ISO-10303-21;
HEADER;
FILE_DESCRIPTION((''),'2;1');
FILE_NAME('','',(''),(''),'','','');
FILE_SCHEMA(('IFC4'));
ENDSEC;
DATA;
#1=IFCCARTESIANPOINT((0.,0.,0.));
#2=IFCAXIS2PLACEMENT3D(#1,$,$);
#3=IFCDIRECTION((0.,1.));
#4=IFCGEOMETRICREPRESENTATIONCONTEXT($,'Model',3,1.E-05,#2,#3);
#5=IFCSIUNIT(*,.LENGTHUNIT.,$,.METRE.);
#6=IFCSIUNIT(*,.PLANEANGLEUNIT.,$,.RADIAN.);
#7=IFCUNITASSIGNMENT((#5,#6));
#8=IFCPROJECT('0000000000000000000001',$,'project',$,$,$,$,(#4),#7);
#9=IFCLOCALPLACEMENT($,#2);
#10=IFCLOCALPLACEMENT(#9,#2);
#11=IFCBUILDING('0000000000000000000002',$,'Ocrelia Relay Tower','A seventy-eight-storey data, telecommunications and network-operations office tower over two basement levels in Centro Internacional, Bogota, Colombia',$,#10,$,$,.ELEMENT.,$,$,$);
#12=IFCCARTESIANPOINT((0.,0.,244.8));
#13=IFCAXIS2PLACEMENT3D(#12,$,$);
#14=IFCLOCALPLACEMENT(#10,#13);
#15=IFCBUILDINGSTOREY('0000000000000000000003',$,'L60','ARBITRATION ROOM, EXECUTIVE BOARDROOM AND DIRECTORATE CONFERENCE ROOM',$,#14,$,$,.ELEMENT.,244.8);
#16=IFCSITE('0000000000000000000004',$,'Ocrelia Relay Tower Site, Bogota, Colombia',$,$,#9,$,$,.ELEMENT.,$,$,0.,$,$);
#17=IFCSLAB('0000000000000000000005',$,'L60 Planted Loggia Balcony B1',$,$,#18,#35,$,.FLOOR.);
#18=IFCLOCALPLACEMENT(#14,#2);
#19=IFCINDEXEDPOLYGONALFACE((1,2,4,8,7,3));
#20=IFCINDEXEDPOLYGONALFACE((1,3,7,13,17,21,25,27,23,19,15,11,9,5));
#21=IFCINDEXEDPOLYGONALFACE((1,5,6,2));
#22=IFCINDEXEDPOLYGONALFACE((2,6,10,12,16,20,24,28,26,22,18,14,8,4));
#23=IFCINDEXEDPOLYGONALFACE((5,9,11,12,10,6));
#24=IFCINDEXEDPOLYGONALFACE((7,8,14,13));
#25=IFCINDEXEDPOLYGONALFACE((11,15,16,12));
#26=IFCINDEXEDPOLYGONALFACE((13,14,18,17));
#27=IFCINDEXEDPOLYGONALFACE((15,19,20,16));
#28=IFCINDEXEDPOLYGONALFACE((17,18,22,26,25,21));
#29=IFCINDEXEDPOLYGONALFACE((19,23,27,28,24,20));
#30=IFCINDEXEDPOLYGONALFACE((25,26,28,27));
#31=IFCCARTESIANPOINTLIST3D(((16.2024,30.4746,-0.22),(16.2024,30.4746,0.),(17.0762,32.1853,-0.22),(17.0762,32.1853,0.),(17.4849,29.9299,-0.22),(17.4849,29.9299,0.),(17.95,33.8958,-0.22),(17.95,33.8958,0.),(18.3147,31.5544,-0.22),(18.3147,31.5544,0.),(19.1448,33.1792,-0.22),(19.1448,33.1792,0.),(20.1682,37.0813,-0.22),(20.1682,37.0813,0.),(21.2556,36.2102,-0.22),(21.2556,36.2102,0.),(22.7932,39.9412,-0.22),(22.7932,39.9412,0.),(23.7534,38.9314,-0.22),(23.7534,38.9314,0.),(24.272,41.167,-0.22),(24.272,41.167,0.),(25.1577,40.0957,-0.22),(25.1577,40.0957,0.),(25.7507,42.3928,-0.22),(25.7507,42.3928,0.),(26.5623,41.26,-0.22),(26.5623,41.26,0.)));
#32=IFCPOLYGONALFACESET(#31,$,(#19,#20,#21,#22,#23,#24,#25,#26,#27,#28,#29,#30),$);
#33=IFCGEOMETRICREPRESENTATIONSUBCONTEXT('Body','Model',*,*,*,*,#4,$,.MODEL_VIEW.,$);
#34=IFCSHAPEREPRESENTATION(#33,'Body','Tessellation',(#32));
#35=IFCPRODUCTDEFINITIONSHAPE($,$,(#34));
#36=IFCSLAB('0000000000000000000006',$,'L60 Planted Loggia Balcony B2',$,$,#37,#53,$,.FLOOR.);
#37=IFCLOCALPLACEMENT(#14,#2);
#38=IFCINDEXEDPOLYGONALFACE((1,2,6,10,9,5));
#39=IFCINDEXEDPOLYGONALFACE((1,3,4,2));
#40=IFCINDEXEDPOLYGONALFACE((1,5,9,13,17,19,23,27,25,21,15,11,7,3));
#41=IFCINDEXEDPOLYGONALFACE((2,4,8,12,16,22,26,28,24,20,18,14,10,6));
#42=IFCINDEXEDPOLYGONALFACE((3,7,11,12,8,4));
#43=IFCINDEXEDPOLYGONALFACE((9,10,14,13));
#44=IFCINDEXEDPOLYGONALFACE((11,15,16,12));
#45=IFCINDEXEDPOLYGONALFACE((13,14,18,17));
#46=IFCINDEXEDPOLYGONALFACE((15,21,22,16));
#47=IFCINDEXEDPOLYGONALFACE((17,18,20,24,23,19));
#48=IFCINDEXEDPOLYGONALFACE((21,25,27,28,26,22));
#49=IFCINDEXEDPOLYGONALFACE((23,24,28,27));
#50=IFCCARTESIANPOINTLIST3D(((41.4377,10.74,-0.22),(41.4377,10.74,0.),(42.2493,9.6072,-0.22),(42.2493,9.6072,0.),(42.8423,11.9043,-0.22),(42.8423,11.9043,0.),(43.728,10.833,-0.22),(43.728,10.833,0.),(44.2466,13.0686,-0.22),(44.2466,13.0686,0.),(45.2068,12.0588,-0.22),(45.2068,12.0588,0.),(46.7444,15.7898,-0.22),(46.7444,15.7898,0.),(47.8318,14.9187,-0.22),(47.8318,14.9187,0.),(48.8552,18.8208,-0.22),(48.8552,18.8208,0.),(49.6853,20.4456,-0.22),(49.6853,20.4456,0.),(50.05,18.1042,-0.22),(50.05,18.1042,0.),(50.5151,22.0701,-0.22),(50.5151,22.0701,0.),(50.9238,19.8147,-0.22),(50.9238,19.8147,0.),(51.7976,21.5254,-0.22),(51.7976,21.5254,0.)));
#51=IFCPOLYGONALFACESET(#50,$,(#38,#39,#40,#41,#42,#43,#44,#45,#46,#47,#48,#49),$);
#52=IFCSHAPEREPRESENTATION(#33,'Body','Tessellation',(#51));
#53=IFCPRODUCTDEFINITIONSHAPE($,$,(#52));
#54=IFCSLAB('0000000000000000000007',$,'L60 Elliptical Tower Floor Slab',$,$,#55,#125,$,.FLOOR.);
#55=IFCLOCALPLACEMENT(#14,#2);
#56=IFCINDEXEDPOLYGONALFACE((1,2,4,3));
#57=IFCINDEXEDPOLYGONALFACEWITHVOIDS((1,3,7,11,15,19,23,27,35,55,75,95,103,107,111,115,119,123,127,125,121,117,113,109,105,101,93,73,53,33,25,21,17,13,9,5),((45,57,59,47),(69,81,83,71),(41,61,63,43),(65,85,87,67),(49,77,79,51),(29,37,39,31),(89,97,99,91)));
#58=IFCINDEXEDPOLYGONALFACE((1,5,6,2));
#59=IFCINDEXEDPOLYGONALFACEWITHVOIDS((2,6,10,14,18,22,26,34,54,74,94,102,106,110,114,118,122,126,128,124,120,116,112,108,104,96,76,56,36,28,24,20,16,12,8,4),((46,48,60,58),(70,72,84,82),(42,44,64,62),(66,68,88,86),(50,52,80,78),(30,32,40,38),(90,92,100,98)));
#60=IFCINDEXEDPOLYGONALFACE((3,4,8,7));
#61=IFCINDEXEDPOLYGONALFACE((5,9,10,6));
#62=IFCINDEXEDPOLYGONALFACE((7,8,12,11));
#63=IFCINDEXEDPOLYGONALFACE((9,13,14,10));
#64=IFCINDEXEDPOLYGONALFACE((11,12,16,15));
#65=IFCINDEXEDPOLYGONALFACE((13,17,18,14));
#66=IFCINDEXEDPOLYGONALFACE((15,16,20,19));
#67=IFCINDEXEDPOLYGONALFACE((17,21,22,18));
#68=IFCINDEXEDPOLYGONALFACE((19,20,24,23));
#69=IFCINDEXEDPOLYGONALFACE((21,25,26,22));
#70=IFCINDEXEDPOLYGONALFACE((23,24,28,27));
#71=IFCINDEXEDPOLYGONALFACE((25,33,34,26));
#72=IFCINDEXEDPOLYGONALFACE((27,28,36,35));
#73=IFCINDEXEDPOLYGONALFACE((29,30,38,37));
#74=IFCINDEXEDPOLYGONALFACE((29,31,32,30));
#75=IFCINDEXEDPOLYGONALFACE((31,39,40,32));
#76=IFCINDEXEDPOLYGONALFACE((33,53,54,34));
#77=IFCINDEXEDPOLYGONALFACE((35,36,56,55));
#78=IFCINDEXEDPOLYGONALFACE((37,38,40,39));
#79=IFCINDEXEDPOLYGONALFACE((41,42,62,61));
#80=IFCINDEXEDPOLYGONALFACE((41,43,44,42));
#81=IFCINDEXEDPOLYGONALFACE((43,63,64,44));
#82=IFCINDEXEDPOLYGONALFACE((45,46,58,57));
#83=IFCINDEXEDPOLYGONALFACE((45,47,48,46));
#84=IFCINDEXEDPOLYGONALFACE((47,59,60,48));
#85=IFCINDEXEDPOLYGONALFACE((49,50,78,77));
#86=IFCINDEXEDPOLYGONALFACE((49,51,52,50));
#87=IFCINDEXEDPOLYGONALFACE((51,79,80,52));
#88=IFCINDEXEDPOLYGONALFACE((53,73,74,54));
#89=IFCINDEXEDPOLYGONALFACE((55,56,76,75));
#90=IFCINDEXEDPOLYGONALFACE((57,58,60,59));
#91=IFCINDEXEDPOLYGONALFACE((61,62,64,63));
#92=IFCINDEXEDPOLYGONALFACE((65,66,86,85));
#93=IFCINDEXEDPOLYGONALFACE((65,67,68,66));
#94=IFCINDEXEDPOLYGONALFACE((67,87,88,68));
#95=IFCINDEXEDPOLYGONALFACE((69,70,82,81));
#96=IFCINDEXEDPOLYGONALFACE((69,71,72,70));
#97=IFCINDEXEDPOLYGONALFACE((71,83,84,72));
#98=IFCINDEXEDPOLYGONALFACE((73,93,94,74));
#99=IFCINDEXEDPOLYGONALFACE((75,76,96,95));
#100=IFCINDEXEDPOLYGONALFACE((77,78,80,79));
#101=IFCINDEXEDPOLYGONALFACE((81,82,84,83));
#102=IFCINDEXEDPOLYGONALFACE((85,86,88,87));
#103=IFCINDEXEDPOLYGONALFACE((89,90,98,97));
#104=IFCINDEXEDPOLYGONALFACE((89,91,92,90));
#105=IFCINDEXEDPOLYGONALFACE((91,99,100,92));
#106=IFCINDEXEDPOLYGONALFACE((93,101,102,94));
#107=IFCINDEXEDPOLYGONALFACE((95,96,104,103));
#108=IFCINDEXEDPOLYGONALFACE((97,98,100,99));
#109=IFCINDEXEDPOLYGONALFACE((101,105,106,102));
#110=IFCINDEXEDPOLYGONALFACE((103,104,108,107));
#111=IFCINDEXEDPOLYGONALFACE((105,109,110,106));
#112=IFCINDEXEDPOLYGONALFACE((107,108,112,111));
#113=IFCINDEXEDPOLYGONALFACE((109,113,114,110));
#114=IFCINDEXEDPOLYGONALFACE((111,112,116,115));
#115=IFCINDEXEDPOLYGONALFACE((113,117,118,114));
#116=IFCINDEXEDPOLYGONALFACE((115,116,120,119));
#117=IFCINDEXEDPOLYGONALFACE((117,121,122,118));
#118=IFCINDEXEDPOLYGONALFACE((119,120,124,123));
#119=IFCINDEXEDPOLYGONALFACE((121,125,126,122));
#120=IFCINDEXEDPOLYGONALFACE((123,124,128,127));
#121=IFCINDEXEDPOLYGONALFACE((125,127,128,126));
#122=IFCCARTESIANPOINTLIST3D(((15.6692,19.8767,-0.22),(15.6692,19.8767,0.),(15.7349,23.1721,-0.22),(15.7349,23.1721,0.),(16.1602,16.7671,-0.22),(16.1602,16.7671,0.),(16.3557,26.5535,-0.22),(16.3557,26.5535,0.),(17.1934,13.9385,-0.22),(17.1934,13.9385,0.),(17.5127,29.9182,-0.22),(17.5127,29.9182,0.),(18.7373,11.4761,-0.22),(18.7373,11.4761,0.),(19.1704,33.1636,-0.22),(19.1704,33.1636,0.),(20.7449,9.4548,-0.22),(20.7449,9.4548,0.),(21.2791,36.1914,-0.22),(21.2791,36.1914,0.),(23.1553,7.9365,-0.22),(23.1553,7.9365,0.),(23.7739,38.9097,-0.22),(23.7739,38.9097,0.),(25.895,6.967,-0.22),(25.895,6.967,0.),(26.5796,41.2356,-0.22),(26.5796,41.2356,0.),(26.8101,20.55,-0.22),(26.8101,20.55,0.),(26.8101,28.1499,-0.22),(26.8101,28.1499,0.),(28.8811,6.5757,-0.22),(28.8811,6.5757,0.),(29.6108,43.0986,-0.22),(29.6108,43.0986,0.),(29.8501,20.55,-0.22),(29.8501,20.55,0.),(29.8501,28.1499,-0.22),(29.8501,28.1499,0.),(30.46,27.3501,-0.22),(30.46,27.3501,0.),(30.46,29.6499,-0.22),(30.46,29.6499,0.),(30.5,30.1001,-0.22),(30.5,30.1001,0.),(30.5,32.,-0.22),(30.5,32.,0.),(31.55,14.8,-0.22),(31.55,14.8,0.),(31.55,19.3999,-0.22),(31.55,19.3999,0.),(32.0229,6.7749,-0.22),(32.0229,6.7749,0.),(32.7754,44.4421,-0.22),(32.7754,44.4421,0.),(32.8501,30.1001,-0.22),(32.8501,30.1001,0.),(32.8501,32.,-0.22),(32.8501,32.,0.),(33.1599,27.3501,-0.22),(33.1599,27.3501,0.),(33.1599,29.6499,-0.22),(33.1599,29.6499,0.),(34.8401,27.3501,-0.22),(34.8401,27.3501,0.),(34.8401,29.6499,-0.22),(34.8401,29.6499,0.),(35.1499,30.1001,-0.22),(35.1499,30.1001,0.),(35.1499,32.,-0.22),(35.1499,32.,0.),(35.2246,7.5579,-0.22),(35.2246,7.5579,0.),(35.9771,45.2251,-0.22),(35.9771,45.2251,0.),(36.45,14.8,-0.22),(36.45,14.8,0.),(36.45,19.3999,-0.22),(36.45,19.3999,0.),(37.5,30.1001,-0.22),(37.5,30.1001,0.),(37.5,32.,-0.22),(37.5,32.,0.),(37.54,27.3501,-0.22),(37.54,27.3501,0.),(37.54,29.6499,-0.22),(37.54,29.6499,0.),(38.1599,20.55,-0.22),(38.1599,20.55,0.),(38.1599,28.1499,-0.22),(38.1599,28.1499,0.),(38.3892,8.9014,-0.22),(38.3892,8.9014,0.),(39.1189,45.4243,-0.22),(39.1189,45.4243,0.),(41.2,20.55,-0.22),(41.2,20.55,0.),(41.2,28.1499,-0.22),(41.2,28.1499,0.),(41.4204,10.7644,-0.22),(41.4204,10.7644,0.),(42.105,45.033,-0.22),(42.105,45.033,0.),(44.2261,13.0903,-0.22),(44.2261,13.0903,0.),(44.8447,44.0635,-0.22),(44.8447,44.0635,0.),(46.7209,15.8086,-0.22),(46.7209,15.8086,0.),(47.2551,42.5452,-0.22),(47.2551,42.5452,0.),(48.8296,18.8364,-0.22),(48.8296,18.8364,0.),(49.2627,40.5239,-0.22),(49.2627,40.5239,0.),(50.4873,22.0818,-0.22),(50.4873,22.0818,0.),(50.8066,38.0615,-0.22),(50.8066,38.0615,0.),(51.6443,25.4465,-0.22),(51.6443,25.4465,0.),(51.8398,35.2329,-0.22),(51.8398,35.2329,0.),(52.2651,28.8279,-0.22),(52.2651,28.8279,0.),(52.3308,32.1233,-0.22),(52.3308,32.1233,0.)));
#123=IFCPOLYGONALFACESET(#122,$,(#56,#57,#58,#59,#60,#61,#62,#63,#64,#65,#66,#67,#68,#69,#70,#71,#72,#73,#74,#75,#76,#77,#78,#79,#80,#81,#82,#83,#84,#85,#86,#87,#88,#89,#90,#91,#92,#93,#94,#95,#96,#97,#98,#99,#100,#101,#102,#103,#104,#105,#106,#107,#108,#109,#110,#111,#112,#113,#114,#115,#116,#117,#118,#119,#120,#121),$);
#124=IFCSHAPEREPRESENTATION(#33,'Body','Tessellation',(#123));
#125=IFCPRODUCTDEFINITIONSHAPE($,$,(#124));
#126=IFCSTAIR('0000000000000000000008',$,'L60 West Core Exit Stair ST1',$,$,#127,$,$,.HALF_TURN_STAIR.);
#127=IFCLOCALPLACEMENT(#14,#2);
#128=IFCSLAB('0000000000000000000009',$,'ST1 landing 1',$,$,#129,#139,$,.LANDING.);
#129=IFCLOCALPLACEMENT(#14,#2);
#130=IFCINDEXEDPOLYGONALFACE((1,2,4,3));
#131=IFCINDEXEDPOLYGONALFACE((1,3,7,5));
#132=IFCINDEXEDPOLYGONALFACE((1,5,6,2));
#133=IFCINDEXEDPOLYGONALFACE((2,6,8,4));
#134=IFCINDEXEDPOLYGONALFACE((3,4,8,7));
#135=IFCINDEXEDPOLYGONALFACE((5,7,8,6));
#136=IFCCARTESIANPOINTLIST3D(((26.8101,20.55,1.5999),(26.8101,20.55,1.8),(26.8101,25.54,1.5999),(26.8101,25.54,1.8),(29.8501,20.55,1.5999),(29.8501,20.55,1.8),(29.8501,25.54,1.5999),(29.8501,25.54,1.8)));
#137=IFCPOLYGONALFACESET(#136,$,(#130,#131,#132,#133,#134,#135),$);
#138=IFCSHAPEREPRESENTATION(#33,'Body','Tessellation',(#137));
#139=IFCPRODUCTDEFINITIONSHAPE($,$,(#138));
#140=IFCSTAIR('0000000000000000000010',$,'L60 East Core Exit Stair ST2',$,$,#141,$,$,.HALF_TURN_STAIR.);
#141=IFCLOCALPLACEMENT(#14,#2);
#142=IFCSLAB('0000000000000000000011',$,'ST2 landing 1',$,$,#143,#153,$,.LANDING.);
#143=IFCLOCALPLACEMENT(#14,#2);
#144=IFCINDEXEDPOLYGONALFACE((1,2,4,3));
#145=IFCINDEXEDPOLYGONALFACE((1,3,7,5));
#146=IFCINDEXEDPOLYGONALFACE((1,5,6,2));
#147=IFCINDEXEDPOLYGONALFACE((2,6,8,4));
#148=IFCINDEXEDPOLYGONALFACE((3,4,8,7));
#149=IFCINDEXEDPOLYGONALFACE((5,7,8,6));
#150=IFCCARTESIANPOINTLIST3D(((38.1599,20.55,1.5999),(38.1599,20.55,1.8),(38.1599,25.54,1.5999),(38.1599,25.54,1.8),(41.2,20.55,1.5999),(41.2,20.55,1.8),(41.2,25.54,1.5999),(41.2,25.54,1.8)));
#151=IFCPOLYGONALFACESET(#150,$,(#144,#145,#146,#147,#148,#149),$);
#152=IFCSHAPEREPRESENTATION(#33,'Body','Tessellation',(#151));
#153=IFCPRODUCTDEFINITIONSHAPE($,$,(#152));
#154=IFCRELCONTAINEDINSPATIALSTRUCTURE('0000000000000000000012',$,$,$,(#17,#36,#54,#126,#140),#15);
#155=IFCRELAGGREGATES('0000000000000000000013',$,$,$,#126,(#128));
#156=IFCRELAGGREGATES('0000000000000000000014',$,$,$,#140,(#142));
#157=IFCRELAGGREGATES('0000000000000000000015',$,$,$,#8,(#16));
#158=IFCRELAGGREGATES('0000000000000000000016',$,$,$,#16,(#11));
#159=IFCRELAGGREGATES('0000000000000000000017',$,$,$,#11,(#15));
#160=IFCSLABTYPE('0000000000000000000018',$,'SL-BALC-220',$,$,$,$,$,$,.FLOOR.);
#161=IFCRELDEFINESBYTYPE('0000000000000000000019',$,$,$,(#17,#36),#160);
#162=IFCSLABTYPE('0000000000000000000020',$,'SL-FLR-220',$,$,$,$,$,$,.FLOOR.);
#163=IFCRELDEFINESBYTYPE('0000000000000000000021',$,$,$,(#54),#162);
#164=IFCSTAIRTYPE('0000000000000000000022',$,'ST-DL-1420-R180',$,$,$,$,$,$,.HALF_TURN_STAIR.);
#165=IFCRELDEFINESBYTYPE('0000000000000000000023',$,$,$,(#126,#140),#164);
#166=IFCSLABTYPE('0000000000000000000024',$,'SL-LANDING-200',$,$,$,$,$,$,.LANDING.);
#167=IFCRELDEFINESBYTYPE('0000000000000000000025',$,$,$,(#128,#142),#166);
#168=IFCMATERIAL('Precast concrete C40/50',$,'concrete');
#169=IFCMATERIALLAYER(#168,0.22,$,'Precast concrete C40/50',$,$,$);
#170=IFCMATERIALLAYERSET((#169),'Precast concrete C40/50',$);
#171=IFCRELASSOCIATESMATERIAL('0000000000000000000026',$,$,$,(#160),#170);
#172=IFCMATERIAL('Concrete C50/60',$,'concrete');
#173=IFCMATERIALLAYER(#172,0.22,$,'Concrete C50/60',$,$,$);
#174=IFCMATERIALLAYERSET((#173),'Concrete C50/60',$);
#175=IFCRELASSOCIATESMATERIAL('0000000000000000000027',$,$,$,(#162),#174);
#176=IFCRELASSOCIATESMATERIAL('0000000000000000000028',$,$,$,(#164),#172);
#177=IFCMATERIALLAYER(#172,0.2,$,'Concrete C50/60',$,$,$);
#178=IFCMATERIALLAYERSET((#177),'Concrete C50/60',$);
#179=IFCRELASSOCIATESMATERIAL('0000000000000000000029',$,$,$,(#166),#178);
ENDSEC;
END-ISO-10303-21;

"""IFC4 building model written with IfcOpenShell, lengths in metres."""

from ifc_helpers import new_model, si_unit, direction, frame, origin, place, context, subcontext, project, spatial, polyline, outline, extrude, material, layer, layer_set, type_object, element, aggregate, save


model = new_model("IFC4")

# Units and contexts
model_context = context("Model", 3, precision=1e-05, world=origin(), true_north=direction((0.0, 1.0)))
body_context = subcontext(model_context, "Body", "Model", "MODEL_VIEW")
ifc_project = project(units=[si_unit("LENGTHUNIT", "METRE"), si_unit("PLANEANGLEUNIT", "RADIAN")], contexts=[model_context])

# Site, building, storey
site_placement = place(None, origin())
site = spatial("IfcSite", under=ifc_project, at=site_placement, Name="Ocrelia Relay Tower Site, Bogota, Colombia", CompositionType="ELEMENT", RefElevation=0.0)
building_placement = place(site_placement, origin())
building = spatial("IfcBuilding", under=site, at=building_placement, Name="Ocrelia Relay Tower", Description="A seventy-eight-storey data, telecommunications and network-operations office tower over two basement levels in Centro Internacional, Bogota, Colombia", CompositionType="ELEMENT")
storey_placement = place(building_placement, frame((0.0, 0.0, 244.8)))
storey = spatial("IfcBuildingStorey", under=building, at=storey_placement, Name="L60", Description="ARBITRATION ROOM, EXECUTIVE BOARDROOM AND DIRECTORATE CONFERENCE ROOM", CompositionType="ELEMENT", Elevation=244.8)

# Shared definitions
ifc_material_1 = material(Name="Concrete C50/60", Category="concrete")

# Slabs
ifc_material_2 = material(Name="Precast concrete C40/50", Category="concrete")
ifc_layer_1 = layer(ifc_material_2, 0.22, Name="Precast concrete C40/50")
ifc_layer_set_1 = layer_set([ifc_layer_1], Name="Precast concrete C40/50")
slab_type_1 = type_object("IfcSlabType", Name="SL-BALC-220", PredefinedType="FLOOR", material=ifc_layer_set_1)
slab_1_placement = place(storey_placement, frame((0.0, 0.0, -0.22)))
element("IfcSlab", 1, at=slab_1_placement, inside=storey, type_object=slab_type_1, Name="L60 Planted Loggia Balcony B1", PredefinedType="FLOOR", context=body_context, shape_type="SweptSolid", body=[
    extrude(outline(polyline([(26.5623, 41.26), (25.1577, 40.0957), (23.7534, 38.9314), (21.2556, 36.2102), (19.1448, 33.1792), (18.3147, 31.5544), (17.4849, 29.9299), (16.2024, 30.4746), (17.0762, 32.1853), (17.95, 33.8958), (20.1682, 37.0813), (22.7932, 39.9412), (24.272, 41.167), (25.7507, 42.3928), (26.5623, 41.26)])), origin(), (0.0, 0.0, 1.0), 0.22),
])
slab_2_placement = place(storey_placement, frame((0.0, 0.0, -0.22)))
element("IfcSlab", 2, at=slab_2_placement, inside=storey, type_object=slab_type_1, Name="L60 Planted Loggia Balcony B2", PredefinedType="FLOOR", context=body_context, shape_type="SweptSolid", body=[
    extrude(outline(polyline([(41.4377, 10.74), (42.8423, 11.9043), (44.2466, 13.0686), (46.7444, 15.7898), (48.8552, 18.8208), (49.6853, 20.4456), (50.5151, 22.0701), (51.7976, 21.5254), (50.9238, 19.8147), (50.05, 18.1042), (47.8318, 14.9187), (45.2068, 12.0588), (43.728, 10.833), (42.2493, 9.6072), (41.4377, 10.74)])), origin(), (0.0, 0.0, 1.0), 0.22),
])
ifc_layer_2 = layer(ifc_material_1, 0.22, Name="Concrete C50/60")
ifc_layer_set_2 = layer_set([ifc_layer_2], Name="Concrete C50/60")
slab_type_2 = type_object("IfcSlabType", Name="SL-FLR-220", PredefinedType="FLOOR", material=ifc_layer_set_2)
slab_3_placement = place(storey_placement, frame((0.0, 0.0, -0.22)))
element("IfcSlab", 3, at=slab_3_placement, inside=storey, type_object=slab_type_2, Name="L60 Elliptical Tower Floor Slab", PredefinedType="FLOOR", context=body_context, shape_type="SweptSolid", body=[
    extrude(outline(polyline([(47.2551, 42.5452), (44.8447, 44.0635), (42.105, 45.033), (39.1189, 45.4243), (35.9771, 45.2251), (32.7754, 44.4421), (29.6108, 43.0986), (26.5796, 41.2356), (23.7739, 38.9097), (21.2791, 36.1914), (19.1704, 33.1636), (17.5127, 29.9182), (16.3557, 26.5535), (15.7349, 23.1721), (15.6692, 19.8767), (16.1602, 16.7671), (17.1934, 13.9385), (18.7373, 11.4761), (20.7449, 9.4548), (23.1553, 7.9365), (25.895, 6.967), (28.8811, 6.5757), (32.0229, 6.7749), (35.2246, 7.5579), (38.3892, 8.9014), (41.4204, 10.7644), (44.2261, 13.0903), (46.7209, 15.8086), (48.8296, 18.8364), (50.4873, 22.0818), (51.6443, 25.4465), (52.2651, 28.8279), (52.3308, 32.1233), (51.8398, 35.2329), (50.8066, 38.0615), (49.2627, 40.5239), (47.2551, 42.5452)]), holes=[polyline([(26.8101, 28.1499), (26.8101, 20.55), (29.8501, 20.55), (29.8501, 28.1499), (26.8101, 28.1499)]), polyline([(38.1599, 28.1499), (38.1599, 20.55), (41.2, 20.55), (41.2, 28.1499), (38.1599, 28.1499)]), polyline([(30.46, 27.3501), (33.1599, 27.3501), (33.1599, 29.6499), (30.46, 29.6499), (30.46, 27.3501)]), polyline([(34.8401, 27.3501), (37.54, 27.3501), (37.54, 29.6499), (34.8401, 29.6499), (34.8401, 27.3501)]), polyline([(30.5, 30.1001), (32.8501, 30.1001), (32.8501, 32.0), (30.5, 32.0), (30.5, 30.1001)]), polyline([(35.1499, 30.1001), (37.5, 30.1001), (37.5, 32.0), (35.1499, 32.0), (35.1499, 30.1001)]), polyline([(31.55, 14.8), (36.45, 14.8), (36.45, 19.3999), (31.55, 19.3999), (31.55, 14.8)])]), origin(), (0.0, 0.0, 1.0), 0.22),
])

# Stairs, slabs
stair_type = type_object("IfcStairType", Name="ST-DL-1420-R180", PredefinedType="HALF_TURN_STAIR", material=ifc_material_1)
stair_1_placement = place(storey_placement, origin())
stair_1 = element("IfcStair", 4, at=stair_1_placement, inside=storey, type_object=stair_type, Name="L60 West Core Exit Stair ST1", PredefinedType="HALF_TURN_STAIR")
ifc_layer_3 = layer(ifc_material_1, 0.2, Name="Concrete C50/60")
ifc_layer_set_3 = layer_set([ifc_layer_3], Name="Concrete C50/60")
slab_type_3 = type_object("IfcSlabType", Name="SL-LANDING-200", PredefinedType="LANDING", material=ifc_layer_set_3)
slab_4_placement = place(storey_placement, frame((0.0, 0.0, 1.5999)))
slab_4 = element("IfcSlab", 5, at=slab_4_placement, type_object=slab_type_3, Name="ST1 landing 1", PredefinedType="LANDING", context=body_context, shape_type="SweptSolid", body=[
    extrude(outline(polyline([(26.8101, 25.54), (26.8101, 20.55), (29.8501, 20.55), (29.8501, 25.54), (26.8101, 25.54)])), origin(), (0.0, 0.0, 1.0), 0.2002),
])
aggregate(stair_1, [slab_4])
stair_2_placement = place(storey_placement, origin())
stair_2 = element("IfcStair", 6, at=stair_2_placement, inside=storey, type_object=stair_type, Name="L60 East Core Exit Stair ST2", PredefinedType="HALF_TURN_STAIR")
slab_5_placement = place(storey_placement, frame((0.0, 0.0, 1.5999)))
slab_5 = element("IfcSlab", 7, at=slab_5_placement, type_object=slab_type_3, Name="ST2 landing 1", PredefinedType="LANDING", context=body_context, shape_type="SweptSolid", body=[
    extrude(outline(polyline([(38.1599, 25.54), (38.1599, 20.55), (41.2, 20.55), (41.2, 25.54), (38.1599, 25.54)])), origin(), (0.0, 0.0, 1.0), 0.2002),
])
aggregate(stair_2, [slab_5])

save(model, "model.ifc")
